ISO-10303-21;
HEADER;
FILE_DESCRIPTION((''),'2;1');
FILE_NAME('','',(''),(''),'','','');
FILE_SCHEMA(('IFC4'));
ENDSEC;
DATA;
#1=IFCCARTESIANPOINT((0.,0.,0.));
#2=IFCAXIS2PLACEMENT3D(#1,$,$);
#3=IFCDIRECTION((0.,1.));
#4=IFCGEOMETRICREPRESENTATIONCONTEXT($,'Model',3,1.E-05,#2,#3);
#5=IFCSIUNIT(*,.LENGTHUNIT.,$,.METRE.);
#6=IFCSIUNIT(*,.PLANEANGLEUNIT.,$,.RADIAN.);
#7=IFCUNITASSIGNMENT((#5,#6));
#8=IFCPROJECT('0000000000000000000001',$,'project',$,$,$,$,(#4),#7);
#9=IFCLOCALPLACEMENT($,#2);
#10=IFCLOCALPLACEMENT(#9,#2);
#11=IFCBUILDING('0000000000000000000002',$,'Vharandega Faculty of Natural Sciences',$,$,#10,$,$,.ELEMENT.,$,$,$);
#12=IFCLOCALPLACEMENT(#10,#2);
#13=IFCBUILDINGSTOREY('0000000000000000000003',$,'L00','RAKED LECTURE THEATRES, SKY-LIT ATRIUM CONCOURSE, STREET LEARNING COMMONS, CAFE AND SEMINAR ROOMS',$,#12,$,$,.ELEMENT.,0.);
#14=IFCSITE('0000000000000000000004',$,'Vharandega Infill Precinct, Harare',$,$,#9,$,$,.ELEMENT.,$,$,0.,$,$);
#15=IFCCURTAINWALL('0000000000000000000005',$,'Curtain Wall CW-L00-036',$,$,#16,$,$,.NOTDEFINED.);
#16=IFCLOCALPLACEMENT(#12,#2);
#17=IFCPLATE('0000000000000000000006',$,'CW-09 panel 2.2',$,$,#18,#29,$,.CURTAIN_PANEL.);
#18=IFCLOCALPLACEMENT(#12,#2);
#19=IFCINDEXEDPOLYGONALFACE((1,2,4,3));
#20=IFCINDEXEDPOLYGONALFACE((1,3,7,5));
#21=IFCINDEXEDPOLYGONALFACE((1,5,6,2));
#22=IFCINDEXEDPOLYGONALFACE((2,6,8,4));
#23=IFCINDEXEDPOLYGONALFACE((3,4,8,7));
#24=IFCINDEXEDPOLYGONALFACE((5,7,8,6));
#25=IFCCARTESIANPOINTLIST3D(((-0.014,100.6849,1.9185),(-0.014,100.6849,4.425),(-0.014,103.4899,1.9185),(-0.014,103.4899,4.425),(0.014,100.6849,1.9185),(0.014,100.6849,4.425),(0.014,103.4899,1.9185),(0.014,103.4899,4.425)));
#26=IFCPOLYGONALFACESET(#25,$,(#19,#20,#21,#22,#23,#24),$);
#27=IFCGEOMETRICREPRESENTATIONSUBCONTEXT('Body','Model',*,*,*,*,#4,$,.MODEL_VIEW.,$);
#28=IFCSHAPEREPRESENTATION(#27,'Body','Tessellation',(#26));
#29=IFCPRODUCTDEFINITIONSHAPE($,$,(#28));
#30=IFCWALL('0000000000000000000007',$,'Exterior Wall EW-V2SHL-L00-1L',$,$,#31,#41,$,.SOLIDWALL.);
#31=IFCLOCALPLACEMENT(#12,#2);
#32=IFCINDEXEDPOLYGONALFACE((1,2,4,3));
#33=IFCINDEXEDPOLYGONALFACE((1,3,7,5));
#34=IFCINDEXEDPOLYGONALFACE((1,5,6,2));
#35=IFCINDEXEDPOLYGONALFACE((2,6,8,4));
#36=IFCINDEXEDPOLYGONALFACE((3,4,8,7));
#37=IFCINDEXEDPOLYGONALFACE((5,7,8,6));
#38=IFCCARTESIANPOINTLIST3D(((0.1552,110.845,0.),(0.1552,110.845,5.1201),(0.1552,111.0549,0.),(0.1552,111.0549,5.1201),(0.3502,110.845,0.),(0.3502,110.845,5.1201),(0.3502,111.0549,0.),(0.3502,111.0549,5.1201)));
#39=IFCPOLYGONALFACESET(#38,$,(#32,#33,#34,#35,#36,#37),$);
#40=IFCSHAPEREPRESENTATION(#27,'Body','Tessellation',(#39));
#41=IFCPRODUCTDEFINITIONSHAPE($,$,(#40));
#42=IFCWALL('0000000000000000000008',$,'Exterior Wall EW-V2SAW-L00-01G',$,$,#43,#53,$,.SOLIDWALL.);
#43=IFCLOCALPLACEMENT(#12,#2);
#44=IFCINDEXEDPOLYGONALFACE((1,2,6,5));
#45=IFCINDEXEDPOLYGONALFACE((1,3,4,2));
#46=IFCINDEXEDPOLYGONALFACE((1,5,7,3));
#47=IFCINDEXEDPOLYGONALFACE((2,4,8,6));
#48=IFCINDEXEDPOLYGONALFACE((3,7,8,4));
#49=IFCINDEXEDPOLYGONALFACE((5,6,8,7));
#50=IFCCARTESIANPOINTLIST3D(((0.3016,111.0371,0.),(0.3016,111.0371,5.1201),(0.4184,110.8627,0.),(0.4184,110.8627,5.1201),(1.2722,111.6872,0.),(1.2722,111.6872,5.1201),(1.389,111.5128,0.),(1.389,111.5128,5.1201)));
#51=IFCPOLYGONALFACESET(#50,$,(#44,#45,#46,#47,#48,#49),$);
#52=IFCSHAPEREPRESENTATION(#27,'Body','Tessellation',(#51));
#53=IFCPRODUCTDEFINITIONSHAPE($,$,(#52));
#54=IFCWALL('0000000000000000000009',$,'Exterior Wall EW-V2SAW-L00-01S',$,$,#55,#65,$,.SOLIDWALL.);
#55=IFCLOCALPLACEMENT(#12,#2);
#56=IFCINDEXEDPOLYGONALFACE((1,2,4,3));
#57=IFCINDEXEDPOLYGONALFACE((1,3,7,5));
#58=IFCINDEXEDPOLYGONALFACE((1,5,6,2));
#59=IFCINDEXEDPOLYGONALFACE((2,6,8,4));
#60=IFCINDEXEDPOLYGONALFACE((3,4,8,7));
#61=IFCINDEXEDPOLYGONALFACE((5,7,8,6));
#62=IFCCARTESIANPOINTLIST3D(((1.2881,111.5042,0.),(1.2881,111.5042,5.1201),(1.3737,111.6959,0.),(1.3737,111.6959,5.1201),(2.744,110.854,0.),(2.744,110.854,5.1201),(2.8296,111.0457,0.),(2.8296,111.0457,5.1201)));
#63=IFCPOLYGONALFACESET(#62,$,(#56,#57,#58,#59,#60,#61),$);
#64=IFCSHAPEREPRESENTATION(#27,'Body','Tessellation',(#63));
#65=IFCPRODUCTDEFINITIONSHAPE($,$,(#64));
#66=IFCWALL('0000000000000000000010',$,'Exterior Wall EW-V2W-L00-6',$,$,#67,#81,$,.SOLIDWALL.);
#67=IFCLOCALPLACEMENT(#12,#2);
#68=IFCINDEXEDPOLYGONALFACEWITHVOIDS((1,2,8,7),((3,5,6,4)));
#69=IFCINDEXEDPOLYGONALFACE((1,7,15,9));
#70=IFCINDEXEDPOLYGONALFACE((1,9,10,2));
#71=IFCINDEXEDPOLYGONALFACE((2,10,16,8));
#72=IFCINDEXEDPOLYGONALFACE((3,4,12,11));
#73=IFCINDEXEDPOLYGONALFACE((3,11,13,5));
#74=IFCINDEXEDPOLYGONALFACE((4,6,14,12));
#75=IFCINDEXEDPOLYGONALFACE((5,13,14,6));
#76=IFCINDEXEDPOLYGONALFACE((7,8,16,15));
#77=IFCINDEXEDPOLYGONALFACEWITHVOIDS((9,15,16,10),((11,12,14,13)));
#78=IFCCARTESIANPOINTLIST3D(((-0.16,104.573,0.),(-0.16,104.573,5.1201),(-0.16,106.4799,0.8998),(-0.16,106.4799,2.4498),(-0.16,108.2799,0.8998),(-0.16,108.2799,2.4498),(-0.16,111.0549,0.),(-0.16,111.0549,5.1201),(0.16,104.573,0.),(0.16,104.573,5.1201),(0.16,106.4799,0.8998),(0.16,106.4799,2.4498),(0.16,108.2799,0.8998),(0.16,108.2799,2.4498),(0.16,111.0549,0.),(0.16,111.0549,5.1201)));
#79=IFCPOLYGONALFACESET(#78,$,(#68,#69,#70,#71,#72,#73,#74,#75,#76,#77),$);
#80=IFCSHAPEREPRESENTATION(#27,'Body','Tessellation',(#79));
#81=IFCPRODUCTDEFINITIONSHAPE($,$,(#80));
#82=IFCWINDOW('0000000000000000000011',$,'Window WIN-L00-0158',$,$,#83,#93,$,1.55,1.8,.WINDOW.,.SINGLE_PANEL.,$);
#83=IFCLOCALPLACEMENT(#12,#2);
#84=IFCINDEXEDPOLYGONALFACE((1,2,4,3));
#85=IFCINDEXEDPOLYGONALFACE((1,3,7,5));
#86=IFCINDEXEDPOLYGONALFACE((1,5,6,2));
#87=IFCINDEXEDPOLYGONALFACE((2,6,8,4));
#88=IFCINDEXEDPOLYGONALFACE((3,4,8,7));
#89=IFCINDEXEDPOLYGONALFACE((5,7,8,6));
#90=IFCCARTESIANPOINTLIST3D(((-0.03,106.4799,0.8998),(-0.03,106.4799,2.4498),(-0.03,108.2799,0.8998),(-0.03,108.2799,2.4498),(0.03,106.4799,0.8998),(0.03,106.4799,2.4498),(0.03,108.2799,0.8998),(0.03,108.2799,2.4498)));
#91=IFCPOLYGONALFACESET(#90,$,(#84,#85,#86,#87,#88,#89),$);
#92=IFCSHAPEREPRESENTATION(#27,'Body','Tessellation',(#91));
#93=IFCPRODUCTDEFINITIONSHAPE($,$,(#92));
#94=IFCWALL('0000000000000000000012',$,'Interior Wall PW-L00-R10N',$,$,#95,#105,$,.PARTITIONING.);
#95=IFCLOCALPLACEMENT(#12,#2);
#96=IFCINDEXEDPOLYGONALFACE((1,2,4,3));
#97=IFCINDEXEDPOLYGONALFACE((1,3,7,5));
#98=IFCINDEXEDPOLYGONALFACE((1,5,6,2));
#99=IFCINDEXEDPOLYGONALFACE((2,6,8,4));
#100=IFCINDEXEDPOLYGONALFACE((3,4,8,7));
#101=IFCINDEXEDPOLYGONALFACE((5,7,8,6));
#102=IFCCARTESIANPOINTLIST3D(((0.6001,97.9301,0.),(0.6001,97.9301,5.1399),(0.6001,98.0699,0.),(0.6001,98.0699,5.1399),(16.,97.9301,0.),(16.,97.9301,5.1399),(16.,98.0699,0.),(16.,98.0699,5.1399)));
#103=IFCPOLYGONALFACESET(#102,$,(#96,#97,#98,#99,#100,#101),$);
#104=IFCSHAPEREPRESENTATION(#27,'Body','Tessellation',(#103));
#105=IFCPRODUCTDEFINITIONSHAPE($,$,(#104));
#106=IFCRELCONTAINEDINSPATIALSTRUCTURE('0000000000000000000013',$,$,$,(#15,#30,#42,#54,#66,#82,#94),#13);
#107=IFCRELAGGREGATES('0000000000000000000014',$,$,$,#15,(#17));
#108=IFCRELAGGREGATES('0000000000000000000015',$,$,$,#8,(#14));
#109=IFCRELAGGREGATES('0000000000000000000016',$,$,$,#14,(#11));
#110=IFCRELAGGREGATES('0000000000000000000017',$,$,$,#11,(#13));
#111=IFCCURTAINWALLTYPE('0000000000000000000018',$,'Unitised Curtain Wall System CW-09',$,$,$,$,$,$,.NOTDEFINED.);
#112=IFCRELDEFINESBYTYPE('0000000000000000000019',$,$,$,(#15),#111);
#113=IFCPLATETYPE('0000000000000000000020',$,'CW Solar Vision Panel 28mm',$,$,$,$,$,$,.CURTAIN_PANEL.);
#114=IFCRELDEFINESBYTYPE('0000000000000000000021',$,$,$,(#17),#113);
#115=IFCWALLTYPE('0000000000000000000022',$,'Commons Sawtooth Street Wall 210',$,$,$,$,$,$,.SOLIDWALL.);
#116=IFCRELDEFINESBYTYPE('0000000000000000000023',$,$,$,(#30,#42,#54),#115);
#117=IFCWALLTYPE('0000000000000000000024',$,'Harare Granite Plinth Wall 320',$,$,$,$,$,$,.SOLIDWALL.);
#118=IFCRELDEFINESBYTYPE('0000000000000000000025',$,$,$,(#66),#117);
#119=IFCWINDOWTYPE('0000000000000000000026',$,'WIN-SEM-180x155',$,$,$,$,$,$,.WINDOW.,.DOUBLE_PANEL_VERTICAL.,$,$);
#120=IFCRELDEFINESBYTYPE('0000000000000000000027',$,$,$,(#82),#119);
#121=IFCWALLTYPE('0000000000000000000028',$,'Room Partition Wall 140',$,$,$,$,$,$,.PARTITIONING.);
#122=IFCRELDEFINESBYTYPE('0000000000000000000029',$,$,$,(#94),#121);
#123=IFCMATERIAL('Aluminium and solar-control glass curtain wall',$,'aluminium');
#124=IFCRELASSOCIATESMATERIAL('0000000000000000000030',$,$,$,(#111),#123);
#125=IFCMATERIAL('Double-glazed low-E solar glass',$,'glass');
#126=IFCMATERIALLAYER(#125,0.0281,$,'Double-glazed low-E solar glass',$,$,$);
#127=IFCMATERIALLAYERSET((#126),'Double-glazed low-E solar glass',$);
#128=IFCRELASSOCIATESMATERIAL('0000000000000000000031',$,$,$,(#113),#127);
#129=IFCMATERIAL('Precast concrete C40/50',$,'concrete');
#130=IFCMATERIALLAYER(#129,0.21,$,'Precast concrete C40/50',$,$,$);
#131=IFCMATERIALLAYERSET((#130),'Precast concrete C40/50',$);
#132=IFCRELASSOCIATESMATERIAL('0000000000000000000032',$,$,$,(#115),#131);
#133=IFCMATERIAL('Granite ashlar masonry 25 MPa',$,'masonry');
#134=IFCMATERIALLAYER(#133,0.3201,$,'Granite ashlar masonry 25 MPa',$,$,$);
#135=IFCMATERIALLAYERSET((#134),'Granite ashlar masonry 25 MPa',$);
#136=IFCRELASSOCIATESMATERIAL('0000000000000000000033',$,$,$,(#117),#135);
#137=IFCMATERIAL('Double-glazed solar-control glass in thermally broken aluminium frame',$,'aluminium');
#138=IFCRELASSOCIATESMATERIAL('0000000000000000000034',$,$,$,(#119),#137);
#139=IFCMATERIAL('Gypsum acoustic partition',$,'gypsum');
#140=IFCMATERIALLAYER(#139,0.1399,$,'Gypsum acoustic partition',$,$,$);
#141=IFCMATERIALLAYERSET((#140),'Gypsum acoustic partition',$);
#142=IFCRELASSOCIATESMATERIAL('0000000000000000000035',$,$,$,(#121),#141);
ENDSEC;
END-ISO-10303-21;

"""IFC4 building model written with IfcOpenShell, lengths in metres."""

from ifc_helpers import new_model, si_unit, direction, frame, frame_2d, origin, origin_2d, place, context, subcontext, project, spatial, rectangle, extrude, material, layer, layer_set, type_object, element, fill, aggregate, save


model = new_model("IFC4")

# Units and contexts
model_context = context("Model", 3, precision=1e-05, world=origin(), true_north=direction((0.0, 1.0)))
body_context = subcontext(model_context, "Body", "Model", "MODEL_VIEW")
ifc_project = project(units=[si_unit("LENGTHUNIT", "METRE"), si_unit("PLANEANGLEUNIT", "RADIAN")], contexts=[model_context])

# Site, building, storey
site_placement = place(None, origin())
site = spatial("IfcSite", under=ifc_project, at=site_placement, Name="Vharandega Infill Precinct, Harare", CompositionType="ELEMENT", RefElevation=0.0)
building_placement = place(site_placement, origin())
building = spatial("IfcBuilding", under=site, at=building_placement, Name="Vharandega Faculty of Natural Sciences", CompositionType="ELEMENT")
storey_placement = place(building_placement, origin())
storey = spatial("IfcBuildingStorey", under=building, at=storey_placement, Name="L00", Description="RAKED LECTURE THEATRES, SKY-LIT ATRIUM CONCOURSE, STREET LEARNING COMMONS, CAFE AND SEMINAR ROOMS", CompositionType="ELEMENT", Elevation=0.0)

# Curtain wall
ifc_material_1 = material(Name="Aluminium and solar-control glass curtain wall", Category="aluminium")
curtain_wall_type = type_object("IfcCurtainWallType", Name="Unitised Curtain Wall System CW-09", PredefinedType="NOTDEFINED", material=ifc_material_1)
curtain_wall_placement = place(storey_placement, origin())
curtain_wall = element("IfcCurtainWall", 1, at=curtain_wall_placement, inside=storey, type_object=curtain_wall_type, Name="Curtain Wall CW-L00-036", PredefinedType="NOTDEFINED")

# Plate
ifc_material_2 = material(Name="Double-glazed low-E solar glass", Category="glass")
ifc_layer_1 = layer(ifc_material_2, 0.0281, Name="Double-glazed low-E solar glass")
ifc_layer_set_1 = layer_set([ifc_layer_1], Name="Double-glazed low-E solar glass")
plate_type = type_object("IfcPlateType", Name="CW Solar Vision Panel 28mm", PredefinedType="CURTAIN_PANEL", material=ifc_layer_set_1)
plate_1_placement = place(storey_placement, frame((0.0, 102.0874, 1.9185), z_axis=(0.0, 0.0, 1.0), x_axis=(0.0, 1.0, 0.0)))
plate_1 = element("IfcPlate", 2, at=plate_1_placement, type_object=plate_type, Name="CW-09 panel 2.2", PredefinedType="CURTAIN_PANEL", context=body_context, shape_type="SweptSolid", body=[
    extrude(rectangle(XDim=2.8049, YDim=0.0281, at=origin_2d()), origin(), (0.0, 0.0, 1.0), 2.5066),
])
aggregate(curtain_wall, [plate_1])

# Walls
ifc_material_3 = material(Name="Precast concrete C40/50", Category="concrete")
ifc_layer_2 = layer(ifc_material_3, 0.21, Name="Precast concrete C40/50")
ifc_layer_set_2 = layer_set([ifc_layer_2], Name="Precast concrete C40/50")
wall_type_1 = type_object("IfcWallType", Name="Commons Sawtooth Street Wall 210", PredefinedType="SOLIDWALL", material=ifc_layer_set_2)
wall_1_placement = place(storey_placement, frame((0.155, 110.95, 0.0), z_axis=(0.0, 0.0, 1.0), x_axis=(1.0, 0.0, 0.0)))
element("IfcWall", 3, at=wall_1_placement, inside=storey, type_object=wall_type_1, Name="Exterior Wall EW-V2SHL-L00-1L", PredefinedType="SOLIDWALL", context=body_context, shape_type="SweptSolid", body=[
    extrude(rectangle(XDim=0.1951, YDim=0.21, at=frame_2d((0.0977, 0.0))), origin(), (0.0, 0.0, 1.0), 5.1201),
])
wall_2_placement = place(storey_placement, frame((0.3601, 110.95, 0.0), z_axis=(0.0, 0.0, 1.0), x_axis=(0.830859, 0.556483, 0.0)))
element("IfcWall", 4, at=wall_2_placement, inside=storey, type_object=wall_type_1, Name="Exterior Wall EW-V2SAW-L00-01G", PredefinedType="SOLIDWALL", context=body_context, shape_type="SweptSolid", body=[
    extrude(rectangle(XDim=1.1682, YDim=0.21, at=frame_2d((0.584, 0.0))), origin(), (0.0, 0.0, 1.0), 5.1201),
])
wall_3_placement = place(storey_placement, frame((1.3308, 111.6001, 0.0), z_axis=(0.0, 0.0, 1.0), x_axis=(0.913084, -0.407772, 0.0)))
element("IfcWall", 5, at=wall_3_placement, inside=storey, type_object=wall_type_1, Name="Exterior Wall EW-V2SAW-L00-01S", PredefinedType="SOLIDWALL", context=body_context, shape_type="SweptSolid", body=[
    extrude(rectangle(XDim=1.5945, YDim=0.21, at=frame_2d((0.7974, 0.0))), origin(), (0.0, 0.0, 1.0), 5.1201),
])

# Wall, opening, window
ifc_material_4 = material(Name="Granite ashlar masonry 25 MPa", Category="masonry")
ifc_layer_3 = layer(ifc_material_4, 0.3201, Name="Granite ashlar masonry 25 MPa")
ifc_layer_set_3 = layer_set([ifc_layer_3], Name="Granite ashlar masonry 25 MPa")
wall_type_2 = type_object("IfcWallType", Name="Harare Granite Plinth Wall 320", PredefinedType="SOLIDWALL", material=ifc_layer_set_3)
wall_4_placement = place(storey_placement, frame((0.0, 104.573, 0.0), z_axis=(0.0, 0.0, 1.0), x_axis=(0.0, 1.0, 0.0)))
wall_4 = element("IfcWall", 6, at=wall_4_placement, inside=storey, type_object=wall_type_2, Name="Exterior Wall EW-V2W-L00-6", PredefinedType="SOLIDWALL", context=body_context, shape_type="SweptSolid", body=[
    extrude(rectangle(XDim=6.4819, YDim=0.3201, at=frame_2d((3.241, 0.0))), origin(), (0.0, 0.0, 1.0), 5.1201),
])
opening_placement = place(wall_4_placement, frame((1.907, 0.0, 0.8999)))
opening = element("IfcOpeningElement", 7, at=opening_placement, cuts=wall_4, PredefinedType="OPENING", context=body_context, shape_type="SweptSolid", body=[
    extrude(rectangle(XDim=1.8, YDim=1.55, at=frame_2d((0.8999, 0.7749))), frame((0.0, 0.1699, 0.0), z_axis=(0.0, -1.0, 0.0), x_axis=(1.0, 0.0, 0.0)), (0.0, 0.0, 1.0), 0.3401),
])
ifc_material_5 = material(Name="Double-glazed solar-control glass in thermally broken aluminium frame", Category="aluminium")
window_type = type_object("IfcWindowType", Name="WIN-SEM-180x155", PartitioningType="DOUBLE_PANEL_VERTICAL", PredefinedType="WINDOW", material=ifc_material_5)
window_placement = place(opening_placement, origin())
window = element("IfcWindow", 8, at=window_placement, inside=storey, type_object=window_type, Name="Window WIN-L00-0158", OverallHeight=1.55, OverallWidth=1.8, PartitioningType="SINGLE_PANEL", PredefinedType="WINDOW", context=body_context, shape_type="SweptSolid", body=[
    extrude(rectangle(XDim=1.8, YDim=1.55, at=frame_2d((0.8999, 0.7749))), frame((0.0, 0.03, 0.0), z_axis=(0.0, -1.0, 0.0), x_axis=(1.0, 0.0, 0.0)), (0.0, 0.0, 1.0), 0.0601),
])
fill(opening, window)

# Wall
ifc_material_6 = material(Name="Gypsum acoustic partition", Category="gypsum")
ifc_layer_4 = layer(ifc_material_6, 0.1399, Name="Gypsum acoustic partition")
ifc_layer_set_4 = layer_set([ifc_layer_4], Name="Gypsum acoustic partition")
wall_type_3 = type_object("IfcWallType", Name="Room Partition Wall 140", PredefinedType="PARTITIONING", material=ifc_layer_set_4)
wall_5_placement = place(storey_placement, frame((0.6001, 98.0, 0.0), z_axis=(0.0, 0.0, 1.0), x_axis=(1.0, 0.0, 0.0)))
element("IfcWall", 9, at=wall_5_placement, inside=storey, type_object=wall_type_3, Name="Interior Wall PW-L00-R10N", PredefinedType="PARTITIONING", context=body_context, shape_type="SweptSolid", body=[
    extrude(rectangle(XDim=15.3999, YDim=0.1399, at=frame_2d((7.7, 0.0))), origin(), (0.0, 0.0, 1.0), 5.1399),
])

save(model, "model.ifc")
